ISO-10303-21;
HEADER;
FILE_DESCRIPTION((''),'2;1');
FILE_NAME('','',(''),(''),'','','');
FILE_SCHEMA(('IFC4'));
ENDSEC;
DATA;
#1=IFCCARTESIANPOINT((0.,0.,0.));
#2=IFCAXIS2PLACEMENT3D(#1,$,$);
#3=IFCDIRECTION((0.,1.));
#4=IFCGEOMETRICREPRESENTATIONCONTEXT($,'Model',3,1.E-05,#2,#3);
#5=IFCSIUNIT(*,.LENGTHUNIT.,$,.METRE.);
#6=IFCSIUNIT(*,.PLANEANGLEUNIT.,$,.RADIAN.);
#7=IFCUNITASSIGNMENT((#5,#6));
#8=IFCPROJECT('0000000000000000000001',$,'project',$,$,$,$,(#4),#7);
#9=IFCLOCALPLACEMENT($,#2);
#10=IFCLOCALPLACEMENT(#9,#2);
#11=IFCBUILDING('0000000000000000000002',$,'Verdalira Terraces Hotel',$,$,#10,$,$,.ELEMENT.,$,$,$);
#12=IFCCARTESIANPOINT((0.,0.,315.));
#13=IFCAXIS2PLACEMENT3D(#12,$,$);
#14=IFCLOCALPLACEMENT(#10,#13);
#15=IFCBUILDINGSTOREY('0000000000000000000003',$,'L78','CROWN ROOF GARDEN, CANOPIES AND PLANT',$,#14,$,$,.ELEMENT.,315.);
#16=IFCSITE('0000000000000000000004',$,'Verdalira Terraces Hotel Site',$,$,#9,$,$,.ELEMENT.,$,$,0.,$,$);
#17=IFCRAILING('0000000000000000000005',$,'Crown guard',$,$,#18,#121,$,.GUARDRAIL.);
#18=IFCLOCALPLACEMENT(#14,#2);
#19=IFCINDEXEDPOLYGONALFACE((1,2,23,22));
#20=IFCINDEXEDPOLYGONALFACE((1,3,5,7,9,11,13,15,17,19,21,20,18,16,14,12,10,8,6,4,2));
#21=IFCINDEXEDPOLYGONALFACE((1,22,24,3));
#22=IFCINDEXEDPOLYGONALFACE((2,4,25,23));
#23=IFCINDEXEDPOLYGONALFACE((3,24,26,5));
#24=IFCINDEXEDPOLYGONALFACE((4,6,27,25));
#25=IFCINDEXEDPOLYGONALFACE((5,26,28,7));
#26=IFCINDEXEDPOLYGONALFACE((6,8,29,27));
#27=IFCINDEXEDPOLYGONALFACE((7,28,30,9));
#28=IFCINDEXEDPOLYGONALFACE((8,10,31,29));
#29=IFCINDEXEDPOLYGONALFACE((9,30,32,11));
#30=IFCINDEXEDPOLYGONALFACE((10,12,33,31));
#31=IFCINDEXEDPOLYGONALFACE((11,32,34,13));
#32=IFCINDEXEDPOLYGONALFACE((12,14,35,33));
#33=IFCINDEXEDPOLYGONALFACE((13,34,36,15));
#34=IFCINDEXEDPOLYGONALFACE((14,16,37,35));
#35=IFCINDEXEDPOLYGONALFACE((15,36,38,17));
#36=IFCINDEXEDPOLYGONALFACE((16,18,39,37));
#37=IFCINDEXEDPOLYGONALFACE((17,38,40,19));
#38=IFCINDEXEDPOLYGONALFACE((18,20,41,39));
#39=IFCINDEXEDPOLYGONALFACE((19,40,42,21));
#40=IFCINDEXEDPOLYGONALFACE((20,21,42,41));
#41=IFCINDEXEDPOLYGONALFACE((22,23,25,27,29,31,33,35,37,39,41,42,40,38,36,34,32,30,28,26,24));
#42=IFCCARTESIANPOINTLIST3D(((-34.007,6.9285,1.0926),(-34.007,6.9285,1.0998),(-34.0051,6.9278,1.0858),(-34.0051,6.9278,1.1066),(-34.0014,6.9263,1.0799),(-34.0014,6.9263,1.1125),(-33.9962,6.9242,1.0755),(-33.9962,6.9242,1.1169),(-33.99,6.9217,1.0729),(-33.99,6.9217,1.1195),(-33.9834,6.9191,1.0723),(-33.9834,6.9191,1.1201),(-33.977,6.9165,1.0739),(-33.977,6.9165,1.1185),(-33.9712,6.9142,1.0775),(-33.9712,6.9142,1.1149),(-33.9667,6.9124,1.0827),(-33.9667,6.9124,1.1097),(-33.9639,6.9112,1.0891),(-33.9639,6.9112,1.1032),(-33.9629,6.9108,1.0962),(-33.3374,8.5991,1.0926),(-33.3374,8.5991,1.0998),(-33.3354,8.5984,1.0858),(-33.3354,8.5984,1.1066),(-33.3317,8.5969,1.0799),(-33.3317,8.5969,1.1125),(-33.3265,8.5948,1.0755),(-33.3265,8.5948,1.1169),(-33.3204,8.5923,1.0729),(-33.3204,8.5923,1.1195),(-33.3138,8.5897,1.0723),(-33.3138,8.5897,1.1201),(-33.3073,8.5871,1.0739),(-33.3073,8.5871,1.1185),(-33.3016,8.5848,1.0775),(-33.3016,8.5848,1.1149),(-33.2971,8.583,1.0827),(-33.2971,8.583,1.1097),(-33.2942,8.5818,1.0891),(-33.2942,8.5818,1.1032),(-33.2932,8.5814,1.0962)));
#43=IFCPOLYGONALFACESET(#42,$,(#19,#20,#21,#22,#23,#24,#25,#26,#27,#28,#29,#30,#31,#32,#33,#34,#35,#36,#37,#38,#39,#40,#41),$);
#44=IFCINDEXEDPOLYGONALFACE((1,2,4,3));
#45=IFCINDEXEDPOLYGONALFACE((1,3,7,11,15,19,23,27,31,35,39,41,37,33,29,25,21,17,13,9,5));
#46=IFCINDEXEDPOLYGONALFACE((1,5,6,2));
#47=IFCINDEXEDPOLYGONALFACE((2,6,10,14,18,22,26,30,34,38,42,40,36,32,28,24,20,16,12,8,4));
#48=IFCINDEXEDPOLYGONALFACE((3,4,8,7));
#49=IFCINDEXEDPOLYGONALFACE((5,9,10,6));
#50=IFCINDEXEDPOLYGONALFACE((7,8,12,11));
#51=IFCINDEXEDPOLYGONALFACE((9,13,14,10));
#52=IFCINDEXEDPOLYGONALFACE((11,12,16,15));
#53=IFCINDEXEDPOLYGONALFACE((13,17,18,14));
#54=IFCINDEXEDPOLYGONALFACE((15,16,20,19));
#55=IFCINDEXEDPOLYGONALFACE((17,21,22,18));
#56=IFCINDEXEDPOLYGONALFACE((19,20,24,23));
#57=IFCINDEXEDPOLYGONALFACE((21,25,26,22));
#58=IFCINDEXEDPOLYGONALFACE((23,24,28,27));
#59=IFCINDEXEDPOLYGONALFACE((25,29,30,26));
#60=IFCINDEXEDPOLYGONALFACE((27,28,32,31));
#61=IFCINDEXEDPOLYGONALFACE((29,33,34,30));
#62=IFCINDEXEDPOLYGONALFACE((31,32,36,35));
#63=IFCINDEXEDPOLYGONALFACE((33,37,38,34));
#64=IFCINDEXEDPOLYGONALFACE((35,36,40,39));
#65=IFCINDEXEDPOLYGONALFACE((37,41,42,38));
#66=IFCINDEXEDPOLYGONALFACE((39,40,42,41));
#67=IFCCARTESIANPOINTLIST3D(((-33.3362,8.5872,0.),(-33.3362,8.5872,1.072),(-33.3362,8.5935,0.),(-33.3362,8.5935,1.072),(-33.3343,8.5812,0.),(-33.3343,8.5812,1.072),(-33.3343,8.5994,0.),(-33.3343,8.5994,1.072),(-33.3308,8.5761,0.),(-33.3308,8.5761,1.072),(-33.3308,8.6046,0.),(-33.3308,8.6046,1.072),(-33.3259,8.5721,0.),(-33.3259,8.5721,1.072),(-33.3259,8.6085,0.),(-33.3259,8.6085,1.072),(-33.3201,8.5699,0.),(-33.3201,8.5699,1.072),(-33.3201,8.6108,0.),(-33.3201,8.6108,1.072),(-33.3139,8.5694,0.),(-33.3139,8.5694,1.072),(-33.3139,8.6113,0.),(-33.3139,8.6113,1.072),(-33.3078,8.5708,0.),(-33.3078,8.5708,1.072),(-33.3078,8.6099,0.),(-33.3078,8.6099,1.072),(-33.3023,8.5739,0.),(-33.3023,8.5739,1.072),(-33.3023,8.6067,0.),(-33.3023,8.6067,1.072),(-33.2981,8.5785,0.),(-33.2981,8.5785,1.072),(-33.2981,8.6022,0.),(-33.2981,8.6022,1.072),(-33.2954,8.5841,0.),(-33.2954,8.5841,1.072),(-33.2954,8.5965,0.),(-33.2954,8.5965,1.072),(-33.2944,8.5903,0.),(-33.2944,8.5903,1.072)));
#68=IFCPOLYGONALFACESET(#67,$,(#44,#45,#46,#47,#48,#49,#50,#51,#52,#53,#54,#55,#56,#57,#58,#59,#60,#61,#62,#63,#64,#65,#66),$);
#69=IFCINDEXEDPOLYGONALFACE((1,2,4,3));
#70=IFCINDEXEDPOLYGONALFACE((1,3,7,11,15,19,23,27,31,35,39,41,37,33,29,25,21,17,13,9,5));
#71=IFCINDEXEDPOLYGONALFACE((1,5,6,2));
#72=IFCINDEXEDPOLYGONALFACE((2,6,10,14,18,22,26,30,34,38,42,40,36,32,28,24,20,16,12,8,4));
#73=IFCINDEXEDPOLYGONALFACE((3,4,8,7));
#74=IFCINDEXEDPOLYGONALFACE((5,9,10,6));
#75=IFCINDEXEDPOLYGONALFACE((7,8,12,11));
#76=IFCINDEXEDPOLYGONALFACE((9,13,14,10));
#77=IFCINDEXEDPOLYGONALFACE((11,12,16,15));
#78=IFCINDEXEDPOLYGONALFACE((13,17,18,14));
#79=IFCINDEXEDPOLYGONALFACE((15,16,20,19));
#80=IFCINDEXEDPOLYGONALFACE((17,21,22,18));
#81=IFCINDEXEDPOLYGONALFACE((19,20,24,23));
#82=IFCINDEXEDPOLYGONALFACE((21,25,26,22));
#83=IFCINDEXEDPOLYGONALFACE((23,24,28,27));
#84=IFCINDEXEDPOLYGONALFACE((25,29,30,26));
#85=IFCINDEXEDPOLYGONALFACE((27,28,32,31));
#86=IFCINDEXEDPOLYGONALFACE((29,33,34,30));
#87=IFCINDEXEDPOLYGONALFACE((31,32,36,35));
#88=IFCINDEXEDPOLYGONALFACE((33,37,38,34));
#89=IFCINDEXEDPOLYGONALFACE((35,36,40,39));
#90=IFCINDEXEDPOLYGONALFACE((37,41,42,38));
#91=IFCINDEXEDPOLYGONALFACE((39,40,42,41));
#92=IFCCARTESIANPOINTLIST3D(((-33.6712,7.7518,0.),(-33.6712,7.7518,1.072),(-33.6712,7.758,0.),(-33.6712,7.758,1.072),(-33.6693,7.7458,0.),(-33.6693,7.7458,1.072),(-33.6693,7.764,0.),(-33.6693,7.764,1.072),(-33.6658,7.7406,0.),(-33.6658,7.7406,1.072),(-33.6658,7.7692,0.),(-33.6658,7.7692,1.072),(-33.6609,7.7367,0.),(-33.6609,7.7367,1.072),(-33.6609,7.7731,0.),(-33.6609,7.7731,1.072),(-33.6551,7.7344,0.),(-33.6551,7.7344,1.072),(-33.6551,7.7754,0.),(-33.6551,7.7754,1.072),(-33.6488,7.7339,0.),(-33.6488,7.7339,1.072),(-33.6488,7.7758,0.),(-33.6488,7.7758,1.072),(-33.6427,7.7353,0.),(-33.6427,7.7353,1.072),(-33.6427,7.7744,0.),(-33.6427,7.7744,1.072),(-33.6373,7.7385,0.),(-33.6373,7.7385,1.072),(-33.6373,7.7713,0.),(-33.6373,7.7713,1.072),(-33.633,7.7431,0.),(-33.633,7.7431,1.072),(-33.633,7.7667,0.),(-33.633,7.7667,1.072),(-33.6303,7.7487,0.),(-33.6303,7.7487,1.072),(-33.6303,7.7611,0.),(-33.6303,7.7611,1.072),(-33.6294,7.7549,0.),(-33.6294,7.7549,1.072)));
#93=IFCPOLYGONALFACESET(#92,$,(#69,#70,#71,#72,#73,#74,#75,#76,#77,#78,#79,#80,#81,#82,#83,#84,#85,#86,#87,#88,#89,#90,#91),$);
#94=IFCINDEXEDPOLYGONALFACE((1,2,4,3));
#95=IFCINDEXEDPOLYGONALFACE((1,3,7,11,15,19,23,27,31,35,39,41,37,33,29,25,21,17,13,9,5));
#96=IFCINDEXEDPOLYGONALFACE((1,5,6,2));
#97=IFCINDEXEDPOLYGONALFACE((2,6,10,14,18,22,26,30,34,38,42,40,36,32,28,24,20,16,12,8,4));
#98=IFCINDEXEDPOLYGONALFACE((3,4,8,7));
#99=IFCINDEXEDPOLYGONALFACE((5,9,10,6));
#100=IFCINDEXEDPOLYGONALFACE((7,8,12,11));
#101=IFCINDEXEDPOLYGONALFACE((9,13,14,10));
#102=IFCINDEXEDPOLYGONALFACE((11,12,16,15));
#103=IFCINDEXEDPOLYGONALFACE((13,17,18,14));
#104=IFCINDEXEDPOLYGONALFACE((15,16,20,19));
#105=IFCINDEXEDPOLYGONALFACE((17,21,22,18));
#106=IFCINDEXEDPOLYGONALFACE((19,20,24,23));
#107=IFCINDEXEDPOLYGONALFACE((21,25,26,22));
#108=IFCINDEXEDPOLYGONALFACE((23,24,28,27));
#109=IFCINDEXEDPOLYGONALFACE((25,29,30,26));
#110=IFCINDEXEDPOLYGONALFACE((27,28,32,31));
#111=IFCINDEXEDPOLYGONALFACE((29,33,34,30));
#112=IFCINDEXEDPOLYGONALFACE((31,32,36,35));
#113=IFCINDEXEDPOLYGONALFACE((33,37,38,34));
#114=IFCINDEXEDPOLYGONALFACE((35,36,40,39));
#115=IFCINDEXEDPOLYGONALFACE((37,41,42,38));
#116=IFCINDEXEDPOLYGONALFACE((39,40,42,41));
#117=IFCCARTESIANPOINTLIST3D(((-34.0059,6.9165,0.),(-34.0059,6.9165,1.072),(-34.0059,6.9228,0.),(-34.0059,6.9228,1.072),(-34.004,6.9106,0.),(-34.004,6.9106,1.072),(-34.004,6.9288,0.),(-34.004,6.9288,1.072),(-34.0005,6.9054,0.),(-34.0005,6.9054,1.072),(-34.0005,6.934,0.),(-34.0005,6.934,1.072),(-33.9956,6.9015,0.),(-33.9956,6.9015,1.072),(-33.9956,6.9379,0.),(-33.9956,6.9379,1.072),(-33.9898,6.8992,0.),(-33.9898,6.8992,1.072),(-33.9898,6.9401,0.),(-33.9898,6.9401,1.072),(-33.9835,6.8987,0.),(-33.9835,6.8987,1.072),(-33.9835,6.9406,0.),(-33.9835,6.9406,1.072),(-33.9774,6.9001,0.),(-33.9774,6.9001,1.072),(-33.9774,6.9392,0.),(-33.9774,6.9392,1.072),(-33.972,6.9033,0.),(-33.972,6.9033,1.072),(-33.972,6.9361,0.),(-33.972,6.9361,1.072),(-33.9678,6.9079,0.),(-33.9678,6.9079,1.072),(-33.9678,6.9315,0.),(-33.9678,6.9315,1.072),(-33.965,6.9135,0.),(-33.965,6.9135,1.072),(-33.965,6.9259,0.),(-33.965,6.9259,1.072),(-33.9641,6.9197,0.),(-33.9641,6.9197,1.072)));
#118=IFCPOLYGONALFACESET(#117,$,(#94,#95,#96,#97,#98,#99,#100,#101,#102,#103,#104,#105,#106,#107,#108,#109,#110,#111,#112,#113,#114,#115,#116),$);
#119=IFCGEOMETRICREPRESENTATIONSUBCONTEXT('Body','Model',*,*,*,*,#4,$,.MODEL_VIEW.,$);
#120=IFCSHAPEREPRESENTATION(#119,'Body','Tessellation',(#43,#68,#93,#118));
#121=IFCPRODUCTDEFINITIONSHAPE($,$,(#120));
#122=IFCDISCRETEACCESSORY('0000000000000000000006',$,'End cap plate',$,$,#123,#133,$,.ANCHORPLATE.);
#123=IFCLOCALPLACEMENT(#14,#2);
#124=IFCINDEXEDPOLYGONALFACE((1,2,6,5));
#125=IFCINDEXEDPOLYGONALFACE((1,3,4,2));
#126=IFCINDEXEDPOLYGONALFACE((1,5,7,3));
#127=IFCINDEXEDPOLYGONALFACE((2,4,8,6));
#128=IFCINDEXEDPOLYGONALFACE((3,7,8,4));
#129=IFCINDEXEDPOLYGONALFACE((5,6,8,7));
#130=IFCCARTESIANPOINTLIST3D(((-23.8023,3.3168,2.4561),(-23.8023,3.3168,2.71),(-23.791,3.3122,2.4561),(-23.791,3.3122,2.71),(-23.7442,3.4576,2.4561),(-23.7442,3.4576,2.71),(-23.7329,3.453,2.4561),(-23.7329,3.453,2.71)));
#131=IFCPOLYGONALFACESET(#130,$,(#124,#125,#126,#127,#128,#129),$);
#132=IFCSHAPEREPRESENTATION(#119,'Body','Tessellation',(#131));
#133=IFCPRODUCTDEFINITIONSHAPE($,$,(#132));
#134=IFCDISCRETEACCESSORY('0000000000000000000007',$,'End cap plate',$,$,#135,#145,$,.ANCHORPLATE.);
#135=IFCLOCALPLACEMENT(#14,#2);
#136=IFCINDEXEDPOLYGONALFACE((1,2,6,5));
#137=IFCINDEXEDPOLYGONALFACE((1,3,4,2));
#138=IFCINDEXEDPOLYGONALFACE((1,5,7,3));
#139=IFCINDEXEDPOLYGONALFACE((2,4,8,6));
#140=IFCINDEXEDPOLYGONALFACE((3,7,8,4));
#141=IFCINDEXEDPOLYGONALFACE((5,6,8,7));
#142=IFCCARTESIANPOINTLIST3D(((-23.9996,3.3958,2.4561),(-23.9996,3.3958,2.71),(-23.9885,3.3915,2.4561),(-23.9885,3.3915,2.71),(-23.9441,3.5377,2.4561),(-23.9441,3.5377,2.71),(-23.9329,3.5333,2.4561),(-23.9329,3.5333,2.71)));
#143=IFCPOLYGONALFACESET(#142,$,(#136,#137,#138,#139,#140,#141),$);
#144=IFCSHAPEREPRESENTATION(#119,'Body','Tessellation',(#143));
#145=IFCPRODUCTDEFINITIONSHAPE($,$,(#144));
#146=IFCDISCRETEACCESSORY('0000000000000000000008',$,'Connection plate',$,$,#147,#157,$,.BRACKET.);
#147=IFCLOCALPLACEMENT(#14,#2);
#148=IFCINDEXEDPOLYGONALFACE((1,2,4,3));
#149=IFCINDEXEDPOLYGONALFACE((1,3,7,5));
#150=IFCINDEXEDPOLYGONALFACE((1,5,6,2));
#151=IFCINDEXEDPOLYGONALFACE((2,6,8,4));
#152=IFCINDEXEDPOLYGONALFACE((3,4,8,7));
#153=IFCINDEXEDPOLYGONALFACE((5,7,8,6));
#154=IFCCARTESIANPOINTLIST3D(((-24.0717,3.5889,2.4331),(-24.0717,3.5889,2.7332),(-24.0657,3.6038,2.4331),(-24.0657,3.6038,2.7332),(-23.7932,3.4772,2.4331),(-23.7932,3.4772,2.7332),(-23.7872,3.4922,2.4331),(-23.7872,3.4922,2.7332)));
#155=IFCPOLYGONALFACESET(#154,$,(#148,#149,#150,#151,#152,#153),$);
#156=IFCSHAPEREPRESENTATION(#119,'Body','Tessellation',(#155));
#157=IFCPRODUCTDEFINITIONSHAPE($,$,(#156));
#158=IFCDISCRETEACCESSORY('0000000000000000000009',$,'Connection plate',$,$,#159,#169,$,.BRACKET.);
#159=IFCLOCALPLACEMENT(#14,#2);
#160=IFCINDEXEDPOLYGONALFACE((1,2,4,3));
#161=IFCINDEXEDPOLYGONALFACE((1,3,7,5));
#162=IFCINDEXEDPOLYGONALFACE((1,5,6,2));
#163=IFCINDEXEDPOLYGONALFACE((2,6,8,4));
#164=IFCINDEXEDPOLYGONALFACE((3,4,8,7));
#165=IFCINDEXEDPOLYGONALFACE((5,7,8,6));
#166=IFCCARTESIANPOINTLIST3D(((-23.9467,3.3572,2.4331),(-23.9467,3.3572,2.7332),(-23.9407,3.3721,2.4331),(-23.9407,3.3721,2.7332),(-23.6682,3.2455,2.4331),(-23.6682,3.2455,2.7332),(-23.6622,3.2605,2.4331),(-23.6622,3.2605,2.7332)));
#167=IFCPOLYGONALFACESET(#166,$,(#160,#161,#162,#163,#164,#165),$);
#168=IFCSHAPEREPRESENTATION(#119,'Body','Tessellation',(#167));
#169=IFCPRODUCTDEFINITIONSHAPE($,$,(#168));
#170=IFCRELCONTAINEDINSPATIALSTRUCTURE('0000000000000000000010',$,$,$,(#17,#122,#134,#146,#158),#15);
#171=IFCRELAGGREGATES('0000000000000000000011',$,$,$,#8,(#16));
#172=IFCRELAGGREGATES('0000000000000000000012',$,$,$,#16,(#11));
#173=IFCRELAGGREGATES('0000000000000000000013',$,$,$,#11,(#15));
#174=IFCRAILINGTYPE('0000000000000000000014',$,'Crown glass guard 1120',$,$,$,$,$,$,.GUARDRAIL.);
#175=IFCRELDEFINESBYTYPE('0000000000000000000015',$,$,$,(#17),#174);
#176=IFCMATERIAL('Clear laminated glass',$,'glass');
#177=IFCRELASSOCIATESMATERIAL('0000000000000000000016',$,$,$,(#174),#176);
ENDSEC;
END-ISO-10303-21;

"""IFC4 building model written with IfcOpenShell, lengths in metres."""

from ifc_helpers import new_model, si_unit, direction, frame, origin, origin_2d, place, context, subcontext, project, spatial, rectangle, circle, extrude, material, type_object, element, save


model = new_model("IFC4")

# Units and contexts
model_context = context("Model", 3, precision=1e-05, world=origin(), true_north=direction((0.0, 1.0)))
body_context = subcontext(model_context, "Body", "Model", "MODEL_VIEW")
ifc_project = project(units=[si_unit("LENGTHUNIT", "METRE"), si_unit("PLANEANGLEUNIT", "RADIAN")], contexts=[model_context])

# Site, building, storey
site_placement = place(None, origin())
site = spatial("IfcSite", under=ifc_project, at=site_placement, Name="Verdalira Terraces Hotel Site", CompositionType="ELEMENT", RefElevation=0.0)
building_placement = place(site_placement, origin())
building = spatial("IfcBuilding", under=site, at=building_placement, Name="Verdalira Terraces Hotel", CompositionType="ELEMENT")
storey_placement = place(building_placement, frame((0.0, 0.0, 315.0)))
storey = spatial("IfcBuildingStorey", under=building, at=storey_placement, Name="L78", Description="CROWN ROOF GARDEN, CANOPIES AND PLANT", CompositionType="ELEMENT", Elevation=315.0)

# Railing
ifc_material_1 = material(Name="Clear laminated glass", Category="glass")
railing_type = type_object("IfcRailingType", Name="Crown glass guard 1120", PredefinedType="GUARDRAIL", material=ifc_material_1)
railing_1_placement = place(storey_placement, frame((-33.3154, 8.5903, 0.0)))
element("IfcRailing", 1, at=railing_1_placement, inside=storey, type_object=railing_type, Name="Crown guard", PredefinedType="GUARDRAIL", context=body_context, shape_type="SweptSolid", body=[
    extrude(circle(Radius=0.0239, at=origin_2d()), frame((0.0, 0.0, 1.0962), z_axis=(-0.372069, -0.928205, 0.0), x_axis=(0.928205, -0.372069, 0.0)), (0.0, 0.0, 1.0), 1.7998),
    extrude(circle(Radius=0.021, at=origin_2d()), origin(), (0.0, 0.0, 1.0), 1.072),
    extrude(circle(Radius=0.021, at=origin_2d()), frame((-0.335, -0.8354, 0.0)), (0.0, 0.0, 1.0), 1.072),
    extrude(circle(Radius=0.021, at=origin_2d()), frame((-0.6697, -1.6707, 0.0)), (0.0, 0.0, 1.0), 1.072),
])

# Discrete accessories
discrete_accessory_1_placement = place(storey_placement, frame((-23.762, 3.3826, 2.583), z_axis=(-0.924261, 0.38176, 0.0), x_axis=(-0.38176, -0.924261, 0.0)))
element("IfcDiscreteAccessory", 2, at=discrete_accessory_1_placement, inside=storey, Name="End cap plate", PredefinedType="ANCHORPLATE", context=body_context, shape_type="SweptSolid", body=[
    extrude(rectangle(XDim=0.1523, YDim=0.2539, at=origin_2d()), origin(), (0.0, 0.0, 1.0), 0.0122),
])
discrete_accessory_2_placement = place(storey_placement, frame((-23.9607, 3.4624, 2.583), z_axis=(-0.931243, 0.364399, 0.0), x_axis=(-0.364399, -0.931243, 0.0)))
element("IfcDiscreteAccessory", 3, at=discrete_accessory_2_placement, inside=storey, Name="End cap plate", PredefinedType="ANCHORPLATE", context=body_context, shape_type="SweptSolid", body=[
    extrude(rectangle(XDim=0.1523, YDim=0.2539, at=origin_2d()), origin(), (0.0, 0.0, 1.0), 0.012),
])
for number, where, z_axis, x_axis, name in (
    (4, (-23.9294, 3.5405, 2.4331), (0.0, 0.0, 1.0), (0.928226, -0.372016, 0.0), "Connection plate"),
    (5, (-23.8044, 3.3088, 2.4331), (0.0, 0.0, 1.0), (-0.928226, 0.372016, 0.0), "Connection plate"),
):
    element("IfcDiscreteAccessory", number, at=place(storey_placement, frame(where, z_axis=z_axis, x_axis=x_axis)), inside=storey, Name=name, PredefinedType="BRACKET", context=body_context, shape_type="SweptSolid", body=[
        extrude(rectangle(XDim=0.3, YDim=0.0161, at=origin_2d()), origin(), (0.0, 0.0, 1.0), 0.3),
    ])

save(model, "model.ifc")
